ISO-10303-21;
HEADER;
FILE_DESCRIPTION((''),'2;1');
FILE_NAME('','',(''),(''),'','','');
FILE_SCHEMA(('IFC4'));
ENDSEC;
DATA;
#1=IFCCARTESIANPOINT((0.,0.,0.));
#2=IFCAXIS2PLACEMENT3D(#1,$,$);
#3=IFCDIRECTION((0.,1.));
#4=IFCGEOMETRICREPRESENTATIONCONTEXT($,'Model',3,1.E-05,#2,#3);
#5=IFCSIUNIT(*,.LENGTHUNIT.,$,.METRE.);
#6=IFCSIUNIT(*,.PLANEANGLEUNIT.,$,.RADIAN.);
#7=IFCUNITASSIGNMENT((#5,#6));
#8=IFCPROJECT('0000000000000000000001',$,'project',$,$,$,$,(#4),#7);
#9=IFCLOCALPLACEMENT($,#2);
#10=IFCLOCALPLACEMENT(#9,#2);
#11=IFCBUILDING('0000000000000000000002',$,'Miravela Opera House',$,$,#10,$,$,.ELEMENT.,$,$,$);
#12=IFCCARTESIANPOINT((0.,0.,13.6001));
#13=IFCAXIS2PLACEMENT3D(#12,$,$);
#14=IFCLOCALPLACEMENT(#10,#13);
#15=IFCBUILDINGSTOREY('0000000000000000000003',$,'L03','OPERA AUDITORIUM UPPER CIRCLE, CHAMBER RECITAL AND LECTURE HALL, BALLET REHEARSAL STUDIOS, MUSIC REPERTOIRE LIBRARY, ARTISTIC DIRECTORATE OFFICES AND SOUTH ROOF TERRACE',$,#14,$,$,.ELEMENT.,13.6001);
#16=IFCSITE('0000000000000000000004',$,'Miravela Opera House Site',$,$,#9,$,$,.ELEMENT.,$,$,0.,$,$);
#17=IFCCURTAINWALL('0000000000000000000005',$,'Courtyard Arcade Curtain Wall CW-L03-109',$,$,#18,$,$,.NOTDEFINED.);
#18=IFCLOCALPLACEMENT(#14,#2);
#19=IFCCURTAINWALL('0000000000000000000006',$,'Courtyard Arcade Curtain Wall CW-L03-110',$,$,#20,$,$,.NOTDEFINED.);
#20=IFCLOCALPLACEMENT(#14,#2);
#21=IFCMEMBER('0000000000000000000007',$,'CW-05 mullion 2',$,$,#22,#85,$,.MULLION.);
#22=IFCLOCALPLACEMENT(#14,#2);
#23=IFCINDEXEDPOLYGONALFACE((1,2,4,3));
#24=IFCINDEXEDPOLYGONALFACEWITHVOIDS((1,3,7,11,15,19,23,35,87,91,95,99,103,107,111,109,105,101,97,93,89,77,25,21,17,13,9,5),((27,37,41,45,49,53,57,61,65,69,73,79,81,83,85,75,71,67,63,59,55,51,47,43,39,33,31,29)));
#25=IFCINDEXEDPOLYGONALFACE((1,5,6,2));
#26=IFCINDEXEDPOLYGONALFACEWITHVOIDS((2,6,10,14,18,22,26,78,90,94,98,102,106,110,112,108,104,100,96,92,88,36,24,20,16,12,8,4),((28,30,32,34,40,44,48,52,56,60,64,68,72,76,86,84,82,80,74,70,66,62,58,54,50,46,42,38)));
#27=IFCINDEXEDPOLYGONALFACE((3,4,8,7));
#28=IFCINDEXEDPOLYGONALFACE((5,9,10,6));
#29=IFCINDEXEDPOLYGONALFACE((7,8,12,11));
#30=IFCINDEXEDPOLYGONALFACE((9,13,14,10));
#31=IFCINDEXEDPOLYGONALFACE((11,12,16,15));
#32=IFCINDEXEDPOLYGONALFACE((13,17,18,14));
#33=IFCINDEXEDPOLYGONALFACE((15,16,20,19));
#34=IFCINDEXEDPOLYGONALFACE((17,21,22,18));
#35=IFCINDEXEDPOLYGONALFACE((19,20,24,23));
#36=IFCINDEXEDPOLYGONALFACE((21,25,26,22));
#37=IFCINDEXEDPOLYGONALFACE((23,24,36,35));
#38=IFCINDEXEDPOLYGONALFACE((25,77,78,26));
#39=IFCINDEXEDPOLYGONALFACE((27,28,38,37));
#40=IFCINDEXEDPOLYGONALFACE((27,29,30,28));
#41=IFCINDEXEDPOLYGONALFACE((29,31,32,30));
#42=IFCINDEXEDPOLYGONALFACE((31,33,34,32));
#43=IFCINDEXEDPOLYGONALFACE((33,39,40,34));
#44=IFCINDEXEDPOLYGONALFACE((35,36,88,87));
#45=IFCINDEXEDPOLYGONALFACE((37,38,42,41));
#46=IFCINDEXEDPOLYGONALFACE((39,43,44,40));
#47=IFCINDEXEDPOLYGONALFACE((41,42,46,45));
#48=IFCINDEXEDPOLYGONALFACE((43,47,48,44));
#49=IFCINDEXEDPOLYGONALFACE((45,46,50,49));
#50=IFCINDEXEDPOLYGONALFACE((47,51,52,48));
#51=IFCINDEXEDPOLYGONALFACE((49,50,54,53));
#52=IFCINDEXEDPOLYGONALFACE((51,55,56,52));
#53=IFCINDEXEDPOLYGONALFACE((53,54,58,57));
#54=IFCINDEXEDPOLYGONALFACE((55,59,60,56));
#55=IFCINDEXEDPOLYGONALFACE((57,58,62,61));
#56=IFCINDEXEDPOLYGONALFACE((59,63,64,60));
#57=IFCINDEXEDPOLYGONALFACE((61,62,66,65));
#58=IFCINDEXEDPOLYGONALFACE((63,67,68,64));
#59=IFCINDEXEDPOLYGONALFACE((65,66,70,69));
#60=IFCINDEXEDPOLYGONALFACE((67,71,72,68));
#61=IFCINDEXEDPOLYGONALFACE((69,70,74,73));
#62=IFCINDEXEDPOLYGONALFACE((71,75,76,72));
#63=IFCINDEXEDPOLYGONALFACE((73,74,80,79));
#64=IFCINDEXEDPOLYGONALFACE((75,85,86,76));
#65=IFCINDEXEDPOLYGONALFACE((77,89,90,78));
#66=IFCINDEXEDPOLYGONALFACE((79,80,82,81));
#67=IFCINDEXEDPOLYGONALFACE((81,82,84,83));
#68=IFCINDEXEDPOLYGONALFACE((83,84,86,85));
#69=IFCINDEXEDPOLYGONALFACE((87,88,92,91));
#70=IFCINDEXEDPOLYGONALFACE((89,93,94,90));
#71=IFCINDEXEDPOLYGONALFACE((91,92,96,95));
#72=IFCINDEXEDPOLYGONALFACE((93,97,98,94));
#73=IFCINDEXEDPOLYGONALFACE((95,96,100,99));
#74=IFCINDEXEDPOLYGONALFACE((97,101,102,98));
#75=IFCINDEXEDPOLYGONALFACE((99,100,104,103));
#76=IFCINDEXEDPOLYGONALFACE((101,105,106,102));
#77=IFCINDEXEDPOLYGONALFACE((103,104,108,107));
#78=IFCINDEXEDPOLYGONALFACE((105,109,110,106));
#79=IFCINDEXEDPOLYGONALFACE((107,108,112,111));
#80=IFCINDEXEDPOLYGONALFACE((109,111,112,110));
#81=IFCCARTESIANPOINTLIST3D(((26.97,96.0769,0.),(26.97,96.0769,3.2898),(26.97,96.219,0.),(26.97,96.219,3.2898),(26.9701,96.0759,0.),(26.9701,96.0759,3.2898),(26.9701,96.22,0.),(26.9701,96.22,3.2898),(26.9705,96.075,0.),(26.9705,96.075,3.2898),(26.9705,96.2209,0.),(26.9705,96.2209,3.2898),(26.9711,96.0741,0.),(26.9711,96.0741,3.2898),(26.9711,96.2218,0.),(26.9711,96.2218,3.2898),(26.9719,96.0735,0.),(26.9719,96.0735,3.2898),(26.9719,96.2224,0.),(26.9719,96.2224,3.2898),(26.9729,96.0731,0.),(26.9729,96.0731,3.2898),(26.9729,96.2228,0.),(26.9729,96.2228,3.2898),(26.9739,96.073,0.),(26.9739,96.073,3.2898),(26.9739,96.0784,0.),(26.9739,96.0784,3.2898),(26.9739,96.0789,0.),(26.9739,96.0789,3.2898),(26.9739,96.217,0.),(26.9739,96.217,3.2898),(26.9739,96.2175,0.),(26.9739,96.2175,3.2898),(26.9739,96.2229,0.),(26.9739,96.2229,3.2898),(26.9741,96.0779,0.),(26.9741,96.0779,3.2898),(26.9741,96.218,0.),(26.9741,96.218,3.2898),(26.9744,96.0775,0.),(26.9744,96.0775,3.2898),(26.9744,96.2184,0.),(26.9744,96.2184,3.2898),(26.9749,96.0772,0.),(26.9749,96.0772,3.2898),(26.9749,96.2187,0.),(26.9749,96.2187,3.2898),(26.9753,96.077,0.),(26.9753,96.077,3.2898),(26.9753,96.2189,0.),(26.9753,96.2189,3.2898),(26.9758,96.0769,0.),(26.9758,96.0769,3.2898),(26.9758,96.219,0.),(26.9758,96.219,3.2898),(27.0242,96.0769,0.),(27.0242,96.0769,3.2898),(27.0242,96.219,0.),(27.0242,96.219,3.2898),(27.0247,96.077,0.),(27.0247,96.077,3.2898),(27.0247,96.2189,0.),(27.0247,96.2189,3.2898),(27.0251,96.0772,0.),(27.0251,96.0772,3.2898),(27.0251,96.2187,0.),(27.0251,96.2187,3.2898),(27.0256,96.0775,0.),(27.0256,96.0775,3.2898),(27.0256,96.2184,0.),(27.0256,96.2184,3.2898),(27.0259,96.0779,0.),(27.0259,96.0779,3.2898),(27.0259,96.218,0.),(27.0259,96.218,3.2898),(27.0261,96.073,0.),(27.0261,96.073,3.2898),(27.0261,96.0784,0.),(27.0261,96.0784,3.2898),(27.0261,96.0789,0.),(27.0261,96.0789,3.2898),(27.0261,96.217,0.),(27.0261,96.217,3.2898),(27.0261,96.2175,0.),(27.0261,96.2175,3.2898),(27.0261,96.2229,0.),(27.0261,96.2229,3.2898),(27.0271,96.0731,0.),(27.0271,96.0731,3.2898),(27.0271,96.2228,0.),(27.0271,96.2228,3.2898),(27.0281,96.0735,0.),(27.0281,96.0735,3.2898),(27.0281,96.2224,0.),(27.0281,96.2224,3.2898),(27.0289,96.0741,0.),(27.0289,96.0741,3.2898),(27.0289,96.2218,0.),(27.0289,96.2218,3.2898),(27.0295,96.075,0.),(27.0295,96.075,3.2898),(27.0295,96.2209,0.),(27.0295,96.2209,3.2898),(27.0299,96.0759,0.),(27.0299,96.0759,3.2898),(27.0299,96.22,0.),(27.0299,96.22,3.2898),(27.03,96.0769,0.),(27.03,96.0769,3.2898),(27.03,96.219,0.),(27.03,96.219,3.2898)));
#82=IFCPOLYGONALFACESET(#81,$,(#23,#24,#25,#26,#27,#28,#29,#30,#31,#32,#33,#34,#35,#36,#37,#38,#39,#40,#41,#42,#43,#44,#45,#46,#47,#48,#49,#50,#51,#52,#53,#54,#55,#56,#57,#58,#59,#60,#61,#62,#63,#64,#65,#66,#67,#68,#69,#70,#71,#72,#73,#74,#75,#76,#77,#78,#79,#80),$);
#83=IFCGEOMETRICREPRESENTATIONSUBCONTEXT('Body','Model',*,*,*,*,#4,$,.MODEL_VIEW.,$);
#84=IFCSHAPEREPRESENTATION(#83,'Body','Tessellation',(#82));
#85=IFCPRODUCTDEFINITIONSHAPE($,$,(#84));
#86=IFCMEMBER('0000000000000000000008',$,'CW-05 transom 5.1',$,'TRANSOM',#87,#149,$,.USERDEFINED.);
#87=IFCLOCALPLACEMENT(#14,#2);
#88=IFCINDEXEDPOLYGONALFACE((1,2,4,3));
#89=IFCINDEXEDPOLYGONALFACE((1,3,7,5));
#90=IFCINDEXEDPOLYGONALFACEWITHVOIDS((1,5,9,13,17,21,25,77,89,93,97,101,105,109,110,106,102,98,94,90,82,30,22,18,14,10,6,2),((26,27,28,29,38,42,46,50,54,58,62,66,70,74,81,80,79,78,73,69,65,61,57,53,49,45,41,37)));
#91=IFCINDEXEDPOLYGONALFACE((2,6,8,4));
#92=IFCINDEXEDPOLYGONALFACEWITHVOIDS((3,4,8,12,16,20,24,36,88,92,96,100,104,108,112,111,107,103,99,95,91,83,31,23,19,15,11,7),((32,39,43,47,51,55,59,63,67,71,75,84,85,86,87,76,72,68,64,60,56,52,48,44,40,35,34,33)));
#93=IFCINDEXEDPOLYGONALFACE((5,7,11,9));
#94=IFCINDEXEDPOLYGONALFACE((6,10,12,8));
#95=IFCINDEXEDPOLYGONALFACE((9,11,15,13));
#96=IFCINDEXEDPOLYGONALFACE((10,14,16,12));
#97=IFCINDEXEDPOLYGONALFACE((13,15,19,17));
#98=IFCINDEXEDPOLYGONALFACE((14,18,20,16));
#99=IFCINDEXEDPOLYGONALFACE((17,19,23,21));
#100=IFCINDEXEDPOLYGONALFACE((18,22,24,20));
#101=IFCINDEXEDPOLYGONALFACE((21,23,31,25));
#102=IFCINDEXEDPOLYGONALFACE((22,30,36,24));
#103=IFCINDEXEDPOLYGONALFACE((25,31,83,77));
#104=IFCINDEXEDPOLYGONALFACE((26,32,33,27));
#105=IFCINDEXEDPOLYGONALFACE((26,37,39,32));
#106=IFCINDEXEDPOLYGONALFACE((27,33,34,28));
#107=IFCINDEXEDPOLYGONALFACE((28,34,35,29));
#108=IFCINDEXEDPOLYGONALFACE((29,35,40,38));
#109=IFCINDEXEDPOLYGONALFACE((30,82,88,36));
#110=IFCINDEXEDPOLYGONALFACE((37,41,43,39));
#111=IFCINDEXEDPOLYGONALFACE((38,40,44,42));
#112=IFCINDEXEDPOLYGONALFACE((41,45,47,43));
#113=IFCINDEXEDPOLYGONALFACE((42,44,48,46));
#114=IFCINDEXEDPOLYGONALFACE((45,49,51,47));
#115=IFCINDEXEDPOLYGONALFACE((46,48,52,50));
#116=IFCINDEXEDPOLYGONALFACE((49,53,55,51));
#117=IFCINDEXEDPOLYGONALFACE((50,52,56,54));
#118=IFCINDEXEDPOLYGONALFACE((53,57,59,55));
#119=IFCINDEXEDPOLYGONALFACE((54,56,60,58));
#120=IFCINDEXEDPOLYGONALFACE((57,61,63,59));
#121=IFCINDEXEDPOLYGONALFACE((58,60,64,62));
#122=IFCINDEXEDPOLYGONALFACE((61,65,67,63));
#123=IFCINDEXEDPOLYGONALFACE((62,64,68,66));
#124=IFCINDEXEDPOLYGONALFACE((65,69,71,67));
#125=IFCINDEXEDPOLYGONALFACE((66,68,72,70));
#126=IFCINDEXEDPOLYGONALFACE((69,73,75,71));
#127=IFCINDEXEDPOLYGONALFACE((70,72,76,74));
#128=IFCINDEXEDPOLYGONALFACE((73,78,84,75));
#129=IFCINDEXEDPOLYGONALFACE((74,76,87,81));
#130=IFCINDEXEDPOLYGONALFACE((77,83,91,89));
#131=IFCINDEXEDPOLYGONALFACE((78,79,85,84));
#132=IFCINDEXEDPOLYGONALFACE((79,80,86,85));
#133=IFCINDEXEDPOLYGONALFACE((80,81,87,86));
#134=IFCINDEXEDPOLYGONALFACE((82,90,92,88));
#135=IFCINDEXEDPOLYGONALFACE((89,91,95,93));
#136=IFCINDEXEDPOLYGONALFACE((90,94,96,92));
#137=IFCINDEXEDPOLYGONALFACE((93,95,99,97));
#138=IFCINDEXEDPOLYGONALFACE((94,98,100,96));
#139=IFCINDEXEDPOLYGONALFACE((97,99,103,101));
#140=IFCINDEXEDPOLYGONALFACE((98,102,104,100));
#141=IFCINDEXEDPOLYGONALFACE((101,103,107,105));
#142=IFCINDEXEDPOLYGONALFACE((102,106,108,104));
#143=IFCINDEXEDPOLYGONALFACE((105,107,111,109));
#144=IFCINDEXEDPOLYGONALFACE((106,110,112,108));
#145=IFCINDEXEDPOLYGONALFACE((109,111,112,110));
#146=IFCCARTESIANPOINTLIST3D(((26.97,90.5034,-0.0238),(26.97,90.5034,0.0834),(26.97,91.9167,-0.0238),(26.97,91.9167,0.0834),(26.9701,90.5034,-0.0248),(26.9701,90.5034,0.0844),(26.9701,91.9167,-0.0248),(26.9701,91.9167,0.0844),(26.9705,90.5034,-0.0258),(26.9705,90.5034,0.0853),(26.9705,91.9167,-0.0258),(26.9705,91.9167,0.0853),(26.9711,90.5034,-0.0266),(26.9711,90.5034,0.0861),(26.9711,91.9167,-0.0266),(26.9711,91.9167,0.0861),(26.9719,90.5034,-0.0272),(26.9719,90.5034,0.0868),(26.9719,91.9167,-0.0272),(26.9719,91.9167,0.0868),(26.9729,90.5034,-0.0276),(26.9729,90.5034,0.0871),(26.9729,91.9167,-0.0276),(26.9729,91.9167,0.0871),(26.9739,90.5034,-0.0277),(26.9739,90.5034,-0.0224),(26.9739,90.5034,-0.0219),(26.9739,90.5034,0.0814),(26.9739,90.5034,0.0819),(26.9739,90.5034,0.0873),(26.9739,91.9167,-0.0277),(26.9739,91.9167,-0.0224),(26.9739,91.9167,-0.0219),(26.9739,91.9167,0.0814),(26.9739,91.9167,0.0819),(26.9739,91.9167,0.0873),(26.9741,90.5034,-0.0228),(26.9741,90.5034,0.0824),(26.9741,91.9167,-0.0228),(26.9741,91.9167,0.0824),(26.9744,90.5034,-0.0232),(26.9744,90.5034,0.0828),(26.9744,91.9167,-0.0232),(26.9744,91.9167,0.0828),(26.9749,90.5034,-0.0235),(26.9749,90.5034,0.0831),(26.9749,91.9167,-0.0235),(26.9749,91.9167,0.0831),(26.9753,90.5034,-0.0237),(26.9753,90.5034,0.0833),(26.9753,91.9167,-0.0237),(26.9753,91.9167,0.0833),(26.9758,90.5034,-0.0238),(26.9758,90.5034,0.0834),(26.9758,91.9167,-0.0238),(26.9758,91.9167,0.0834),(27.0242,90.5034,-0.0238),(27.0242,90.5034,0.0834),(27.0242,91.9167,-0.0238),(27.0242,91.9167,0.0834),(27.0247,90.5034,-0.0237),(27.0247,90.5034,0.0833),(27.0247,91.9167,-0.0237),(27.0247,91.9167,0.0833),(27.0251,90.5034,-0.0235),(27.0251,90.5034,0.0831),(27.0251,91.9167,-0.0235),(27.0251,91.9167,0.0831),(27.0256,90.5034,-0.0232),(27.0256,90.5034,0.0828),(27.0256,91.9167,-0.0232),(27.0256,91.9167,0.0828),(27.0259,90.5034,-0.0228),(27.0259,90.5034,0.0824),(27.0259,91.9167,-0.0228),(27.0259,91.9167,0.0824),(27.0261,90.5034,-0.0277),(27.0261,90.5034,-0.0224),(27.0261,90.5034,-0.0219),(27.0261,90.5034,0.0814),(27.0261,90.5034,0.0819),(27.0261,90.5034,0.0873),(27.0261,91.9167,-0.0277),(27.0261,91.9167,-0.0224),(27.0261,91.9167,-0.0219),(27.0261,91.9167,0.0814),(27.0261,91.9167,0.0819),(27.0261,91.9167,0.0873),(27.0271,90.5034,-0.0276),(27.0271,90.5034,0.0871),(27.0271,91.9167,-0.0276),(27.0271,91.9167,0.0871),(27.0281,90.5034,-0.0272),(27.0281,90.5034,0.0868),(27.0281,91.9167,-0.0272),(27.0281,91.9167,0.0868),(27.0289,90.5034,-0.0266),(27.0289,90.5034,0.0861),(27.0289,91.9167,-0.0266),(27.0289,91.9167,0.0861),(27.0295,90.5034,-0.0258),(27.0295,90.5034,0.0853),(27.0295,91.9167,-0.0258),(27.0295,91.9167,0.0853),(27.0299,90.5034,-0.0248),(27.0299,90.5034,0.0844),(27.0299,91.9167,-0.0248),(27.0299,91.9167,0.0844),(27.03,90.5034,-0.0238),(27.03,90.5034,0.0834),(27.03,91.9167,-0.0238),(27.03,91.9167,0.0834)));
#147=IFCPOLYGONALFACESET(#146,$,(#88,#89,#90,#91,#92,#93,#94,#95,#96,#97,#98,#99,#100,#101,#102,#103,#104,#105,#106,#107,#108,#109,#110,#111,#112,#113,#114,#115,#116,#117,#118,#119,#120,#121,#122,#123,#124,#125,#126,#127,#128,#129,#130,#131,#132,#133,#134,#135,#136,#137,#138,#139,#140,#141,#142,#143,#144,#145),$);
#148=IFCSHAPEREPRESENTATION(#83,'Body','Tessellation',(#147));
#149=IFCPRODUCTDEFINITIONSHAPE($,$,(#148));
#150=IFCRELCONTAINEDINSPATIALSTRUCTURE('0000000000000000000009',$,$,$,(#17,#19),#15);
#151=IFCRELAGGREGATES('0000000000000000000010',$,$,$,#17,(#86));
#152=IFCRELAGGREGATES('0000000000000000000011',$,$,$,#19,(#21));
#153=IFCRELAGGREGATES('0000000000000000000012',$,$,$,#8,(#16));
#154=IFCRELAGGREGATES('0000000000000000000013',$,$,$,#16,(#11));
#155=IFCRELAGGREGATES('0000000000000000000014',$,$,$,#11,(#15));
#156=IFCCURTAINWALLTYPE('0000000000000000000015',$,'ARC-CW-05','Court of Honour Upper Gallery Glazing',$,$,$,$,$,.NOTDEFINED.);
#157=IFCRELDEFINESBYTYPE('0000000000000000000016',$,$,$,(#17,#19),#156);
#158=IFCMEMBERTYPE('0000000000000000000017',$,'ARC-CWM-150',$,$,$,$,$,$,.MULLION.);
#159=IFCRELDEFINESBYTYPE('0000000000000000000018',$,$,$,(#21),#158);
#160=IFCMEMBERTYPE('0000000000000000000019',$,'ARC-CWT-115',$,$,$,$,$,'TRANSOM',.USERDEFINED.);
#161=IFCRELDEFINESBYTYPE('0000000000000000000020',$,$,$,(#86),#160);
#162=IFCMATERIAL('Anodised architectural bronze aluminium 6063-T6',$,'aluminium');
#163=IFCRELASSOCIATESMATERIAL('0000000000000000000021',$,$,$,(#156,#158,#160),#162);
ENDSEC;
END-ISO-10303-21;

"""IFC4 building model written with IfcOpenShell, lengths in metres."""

from ifc_helpers import new_model, si_unit, direction, frame, origin, origin_2d, place, context, subcontext, project, spatial, hollow_rectangle, extrude, material, material_profile, profile_set, type_object, element, aggregate, save


model = new_model("IFC4")

# Units and contexts
model_context = context("Model", 3, precision=1e-05, world=origin(), true_north=direction((0.0, 1.0)))
body_context = subcontext(model_context, "Body", "Model", "MODEL_VIEW")
ifc_project = project(units=[si_unit("LENGTHUNIT", "METRE"), si_unit("PLANEANGLEUNIT", "RADIAN")], contexts=[model_context])

# Site, building, storey
site_placement = place(None, origin())
site = spatial("IfcSite", under=ifc_project, at=site_placement, Name="Miravela Opera House Site", CompositionType="ELEMENT", RefElevation=0.0)
building_placement = place(site_placement, origin())
building = spatial("IfcBuilding", under=site, at=building_placement, Name="Miravela Opera House", CompositionType="ELEMENT")
storey_placement = place(building_placement, frame((0.0, 0.0, 13.6001)))
storey = spatial("IfcBuildingStorey", under=building, at=storey_placement, Name="L03", Description="OPERA AUDITORIUM UPPER CIRCLE, CHAMBER RECITAL AND LECTURE HALL, BALLET REHEARSAL STUDIOS, MUSIC REPERTOIRE LIBRARY, ARTISTIC DIRECTORATE OFFICES AND SOUTH ROOF TERRACE", CompositionType="ELEMENT", Elevation=13.6001)

# Curtain walls, member
ifc_material_1 = material(Name="Anodised architectural bronze aluminium 6063-T6", Category="aluminium")
curtain_wall_type = type_object("IfcCurtainWallType", Name="ARC-CW-05", Description="Court of Honour Upper Gallery Glazing", PredefinedType="NOTDEFINED", material=ifc_material_1)
curtain_wall_1_placement = place(storey_placement, origin())
curtain_wall_1 = element("IfcCurtainWall", 1, at=curtain_wall_1_placement, inside=storey, type_object=curtain_wall_type, Name="Courtyard Arcade Curtain Wall CW-L03-109", PredefinedType="NOTDEFINED")
ifc_material_profile_1 = material_profile(ifc_material_1, hollow_rectangle(XDim=0.0601, YDim=0.1499, WallThickness=0.0039, InnerFilletRadius=0.002, OuterFilletRadius=0.0039, at=origin_2d()), Name="CWM-60X150")
ifc_profile_set_1 = profile_set([ifc_material_profile_1])
member_type_1 = type_object("IfcMemberType", Name="ARC-CWM-150", PredefinedType="MULLION", material=ifc_profile_set_1)
curtain_wall_2_placement = place(storey_placement, origin())
curtain_wall_2 = element("IfcCurtainWall", 2, at=curtain_wall_2_placement, inside=storey, type_object=curtain_wall_type, Name="Courtyard Arcade Curtain Wall CW-L03-110", PredefinedType="NOTDEFINED")
member_1_placement = place(storey_placement, frame((27.0, 96.1479, 0.0), z_axis=(0.0, 0.0, 1.0), x_axis=(-1.0, 0.0, 0.0)))
member_1 = element("IfcMember", 3, at=member_1_placement, type_object=member_type_1, Name="CW-05 mullion 2", PredefinedType="MULLION", context=body_context, shape_type="SweptSolid", body=[
    extrude(hollow_rectangle(XDim=0.0601, YDim=0.1499, WallThickness=0.0039, InnerFilletRadius=0.002, OuterFilletRadius=0.0039, at=origin_2d()), origin(), (0.0, 0.0, 1.0), 3.2898),
])

# Member
ifc_material_profile_2 = material_profile(ifc_material_1, hollow_rectangle(XDim=0.0601, YDim=0.115, WallThickness=0.0039, InnerFilletRadius=0.002, OuterFilletRadius=0.0039, at=origin_2d()), Name="CWT-60X115")
ifc_profile_set_2 = profile_set([ifc_material_profile_2])
member_type_2 = type_object("IfcMemberType", Name="ARC-CWT-115", ElementType="TRANSOM", PredefinedType="USERDEFINED", material=ifc_profile_set_2)
member_2_placement = place(storey_placement, frame((27.0, 90.5034, 0.0298), z_axis=(0.0, 1.0, 0.0), x_axis=(-1.0, 0.0, 0.0)))
member_2 = element("IfcMember", 4, at=member_2_placement, type_object=member_type_2, Name="CW-05 transom 5.1", ObjectType="TRANSOM", PredefinedType="USERDEFINED", context=body_context, shape_type="SweptSolid", body=[
    extrude(hollow_rectangle(XDim=0.0601, YDim=0.115, WallThickness=0.0039, InnerFilletRadius=0.002, OuterFilletRadius=0.0039, at=origin_2d()), origin(), (0.0, 0.0, 1.0), 1.4133),
])

aggregate(curtain_wall_1, [member_2])
aggregate(curtain_wall_2, [member_1])

save(model, "model.ifc")
